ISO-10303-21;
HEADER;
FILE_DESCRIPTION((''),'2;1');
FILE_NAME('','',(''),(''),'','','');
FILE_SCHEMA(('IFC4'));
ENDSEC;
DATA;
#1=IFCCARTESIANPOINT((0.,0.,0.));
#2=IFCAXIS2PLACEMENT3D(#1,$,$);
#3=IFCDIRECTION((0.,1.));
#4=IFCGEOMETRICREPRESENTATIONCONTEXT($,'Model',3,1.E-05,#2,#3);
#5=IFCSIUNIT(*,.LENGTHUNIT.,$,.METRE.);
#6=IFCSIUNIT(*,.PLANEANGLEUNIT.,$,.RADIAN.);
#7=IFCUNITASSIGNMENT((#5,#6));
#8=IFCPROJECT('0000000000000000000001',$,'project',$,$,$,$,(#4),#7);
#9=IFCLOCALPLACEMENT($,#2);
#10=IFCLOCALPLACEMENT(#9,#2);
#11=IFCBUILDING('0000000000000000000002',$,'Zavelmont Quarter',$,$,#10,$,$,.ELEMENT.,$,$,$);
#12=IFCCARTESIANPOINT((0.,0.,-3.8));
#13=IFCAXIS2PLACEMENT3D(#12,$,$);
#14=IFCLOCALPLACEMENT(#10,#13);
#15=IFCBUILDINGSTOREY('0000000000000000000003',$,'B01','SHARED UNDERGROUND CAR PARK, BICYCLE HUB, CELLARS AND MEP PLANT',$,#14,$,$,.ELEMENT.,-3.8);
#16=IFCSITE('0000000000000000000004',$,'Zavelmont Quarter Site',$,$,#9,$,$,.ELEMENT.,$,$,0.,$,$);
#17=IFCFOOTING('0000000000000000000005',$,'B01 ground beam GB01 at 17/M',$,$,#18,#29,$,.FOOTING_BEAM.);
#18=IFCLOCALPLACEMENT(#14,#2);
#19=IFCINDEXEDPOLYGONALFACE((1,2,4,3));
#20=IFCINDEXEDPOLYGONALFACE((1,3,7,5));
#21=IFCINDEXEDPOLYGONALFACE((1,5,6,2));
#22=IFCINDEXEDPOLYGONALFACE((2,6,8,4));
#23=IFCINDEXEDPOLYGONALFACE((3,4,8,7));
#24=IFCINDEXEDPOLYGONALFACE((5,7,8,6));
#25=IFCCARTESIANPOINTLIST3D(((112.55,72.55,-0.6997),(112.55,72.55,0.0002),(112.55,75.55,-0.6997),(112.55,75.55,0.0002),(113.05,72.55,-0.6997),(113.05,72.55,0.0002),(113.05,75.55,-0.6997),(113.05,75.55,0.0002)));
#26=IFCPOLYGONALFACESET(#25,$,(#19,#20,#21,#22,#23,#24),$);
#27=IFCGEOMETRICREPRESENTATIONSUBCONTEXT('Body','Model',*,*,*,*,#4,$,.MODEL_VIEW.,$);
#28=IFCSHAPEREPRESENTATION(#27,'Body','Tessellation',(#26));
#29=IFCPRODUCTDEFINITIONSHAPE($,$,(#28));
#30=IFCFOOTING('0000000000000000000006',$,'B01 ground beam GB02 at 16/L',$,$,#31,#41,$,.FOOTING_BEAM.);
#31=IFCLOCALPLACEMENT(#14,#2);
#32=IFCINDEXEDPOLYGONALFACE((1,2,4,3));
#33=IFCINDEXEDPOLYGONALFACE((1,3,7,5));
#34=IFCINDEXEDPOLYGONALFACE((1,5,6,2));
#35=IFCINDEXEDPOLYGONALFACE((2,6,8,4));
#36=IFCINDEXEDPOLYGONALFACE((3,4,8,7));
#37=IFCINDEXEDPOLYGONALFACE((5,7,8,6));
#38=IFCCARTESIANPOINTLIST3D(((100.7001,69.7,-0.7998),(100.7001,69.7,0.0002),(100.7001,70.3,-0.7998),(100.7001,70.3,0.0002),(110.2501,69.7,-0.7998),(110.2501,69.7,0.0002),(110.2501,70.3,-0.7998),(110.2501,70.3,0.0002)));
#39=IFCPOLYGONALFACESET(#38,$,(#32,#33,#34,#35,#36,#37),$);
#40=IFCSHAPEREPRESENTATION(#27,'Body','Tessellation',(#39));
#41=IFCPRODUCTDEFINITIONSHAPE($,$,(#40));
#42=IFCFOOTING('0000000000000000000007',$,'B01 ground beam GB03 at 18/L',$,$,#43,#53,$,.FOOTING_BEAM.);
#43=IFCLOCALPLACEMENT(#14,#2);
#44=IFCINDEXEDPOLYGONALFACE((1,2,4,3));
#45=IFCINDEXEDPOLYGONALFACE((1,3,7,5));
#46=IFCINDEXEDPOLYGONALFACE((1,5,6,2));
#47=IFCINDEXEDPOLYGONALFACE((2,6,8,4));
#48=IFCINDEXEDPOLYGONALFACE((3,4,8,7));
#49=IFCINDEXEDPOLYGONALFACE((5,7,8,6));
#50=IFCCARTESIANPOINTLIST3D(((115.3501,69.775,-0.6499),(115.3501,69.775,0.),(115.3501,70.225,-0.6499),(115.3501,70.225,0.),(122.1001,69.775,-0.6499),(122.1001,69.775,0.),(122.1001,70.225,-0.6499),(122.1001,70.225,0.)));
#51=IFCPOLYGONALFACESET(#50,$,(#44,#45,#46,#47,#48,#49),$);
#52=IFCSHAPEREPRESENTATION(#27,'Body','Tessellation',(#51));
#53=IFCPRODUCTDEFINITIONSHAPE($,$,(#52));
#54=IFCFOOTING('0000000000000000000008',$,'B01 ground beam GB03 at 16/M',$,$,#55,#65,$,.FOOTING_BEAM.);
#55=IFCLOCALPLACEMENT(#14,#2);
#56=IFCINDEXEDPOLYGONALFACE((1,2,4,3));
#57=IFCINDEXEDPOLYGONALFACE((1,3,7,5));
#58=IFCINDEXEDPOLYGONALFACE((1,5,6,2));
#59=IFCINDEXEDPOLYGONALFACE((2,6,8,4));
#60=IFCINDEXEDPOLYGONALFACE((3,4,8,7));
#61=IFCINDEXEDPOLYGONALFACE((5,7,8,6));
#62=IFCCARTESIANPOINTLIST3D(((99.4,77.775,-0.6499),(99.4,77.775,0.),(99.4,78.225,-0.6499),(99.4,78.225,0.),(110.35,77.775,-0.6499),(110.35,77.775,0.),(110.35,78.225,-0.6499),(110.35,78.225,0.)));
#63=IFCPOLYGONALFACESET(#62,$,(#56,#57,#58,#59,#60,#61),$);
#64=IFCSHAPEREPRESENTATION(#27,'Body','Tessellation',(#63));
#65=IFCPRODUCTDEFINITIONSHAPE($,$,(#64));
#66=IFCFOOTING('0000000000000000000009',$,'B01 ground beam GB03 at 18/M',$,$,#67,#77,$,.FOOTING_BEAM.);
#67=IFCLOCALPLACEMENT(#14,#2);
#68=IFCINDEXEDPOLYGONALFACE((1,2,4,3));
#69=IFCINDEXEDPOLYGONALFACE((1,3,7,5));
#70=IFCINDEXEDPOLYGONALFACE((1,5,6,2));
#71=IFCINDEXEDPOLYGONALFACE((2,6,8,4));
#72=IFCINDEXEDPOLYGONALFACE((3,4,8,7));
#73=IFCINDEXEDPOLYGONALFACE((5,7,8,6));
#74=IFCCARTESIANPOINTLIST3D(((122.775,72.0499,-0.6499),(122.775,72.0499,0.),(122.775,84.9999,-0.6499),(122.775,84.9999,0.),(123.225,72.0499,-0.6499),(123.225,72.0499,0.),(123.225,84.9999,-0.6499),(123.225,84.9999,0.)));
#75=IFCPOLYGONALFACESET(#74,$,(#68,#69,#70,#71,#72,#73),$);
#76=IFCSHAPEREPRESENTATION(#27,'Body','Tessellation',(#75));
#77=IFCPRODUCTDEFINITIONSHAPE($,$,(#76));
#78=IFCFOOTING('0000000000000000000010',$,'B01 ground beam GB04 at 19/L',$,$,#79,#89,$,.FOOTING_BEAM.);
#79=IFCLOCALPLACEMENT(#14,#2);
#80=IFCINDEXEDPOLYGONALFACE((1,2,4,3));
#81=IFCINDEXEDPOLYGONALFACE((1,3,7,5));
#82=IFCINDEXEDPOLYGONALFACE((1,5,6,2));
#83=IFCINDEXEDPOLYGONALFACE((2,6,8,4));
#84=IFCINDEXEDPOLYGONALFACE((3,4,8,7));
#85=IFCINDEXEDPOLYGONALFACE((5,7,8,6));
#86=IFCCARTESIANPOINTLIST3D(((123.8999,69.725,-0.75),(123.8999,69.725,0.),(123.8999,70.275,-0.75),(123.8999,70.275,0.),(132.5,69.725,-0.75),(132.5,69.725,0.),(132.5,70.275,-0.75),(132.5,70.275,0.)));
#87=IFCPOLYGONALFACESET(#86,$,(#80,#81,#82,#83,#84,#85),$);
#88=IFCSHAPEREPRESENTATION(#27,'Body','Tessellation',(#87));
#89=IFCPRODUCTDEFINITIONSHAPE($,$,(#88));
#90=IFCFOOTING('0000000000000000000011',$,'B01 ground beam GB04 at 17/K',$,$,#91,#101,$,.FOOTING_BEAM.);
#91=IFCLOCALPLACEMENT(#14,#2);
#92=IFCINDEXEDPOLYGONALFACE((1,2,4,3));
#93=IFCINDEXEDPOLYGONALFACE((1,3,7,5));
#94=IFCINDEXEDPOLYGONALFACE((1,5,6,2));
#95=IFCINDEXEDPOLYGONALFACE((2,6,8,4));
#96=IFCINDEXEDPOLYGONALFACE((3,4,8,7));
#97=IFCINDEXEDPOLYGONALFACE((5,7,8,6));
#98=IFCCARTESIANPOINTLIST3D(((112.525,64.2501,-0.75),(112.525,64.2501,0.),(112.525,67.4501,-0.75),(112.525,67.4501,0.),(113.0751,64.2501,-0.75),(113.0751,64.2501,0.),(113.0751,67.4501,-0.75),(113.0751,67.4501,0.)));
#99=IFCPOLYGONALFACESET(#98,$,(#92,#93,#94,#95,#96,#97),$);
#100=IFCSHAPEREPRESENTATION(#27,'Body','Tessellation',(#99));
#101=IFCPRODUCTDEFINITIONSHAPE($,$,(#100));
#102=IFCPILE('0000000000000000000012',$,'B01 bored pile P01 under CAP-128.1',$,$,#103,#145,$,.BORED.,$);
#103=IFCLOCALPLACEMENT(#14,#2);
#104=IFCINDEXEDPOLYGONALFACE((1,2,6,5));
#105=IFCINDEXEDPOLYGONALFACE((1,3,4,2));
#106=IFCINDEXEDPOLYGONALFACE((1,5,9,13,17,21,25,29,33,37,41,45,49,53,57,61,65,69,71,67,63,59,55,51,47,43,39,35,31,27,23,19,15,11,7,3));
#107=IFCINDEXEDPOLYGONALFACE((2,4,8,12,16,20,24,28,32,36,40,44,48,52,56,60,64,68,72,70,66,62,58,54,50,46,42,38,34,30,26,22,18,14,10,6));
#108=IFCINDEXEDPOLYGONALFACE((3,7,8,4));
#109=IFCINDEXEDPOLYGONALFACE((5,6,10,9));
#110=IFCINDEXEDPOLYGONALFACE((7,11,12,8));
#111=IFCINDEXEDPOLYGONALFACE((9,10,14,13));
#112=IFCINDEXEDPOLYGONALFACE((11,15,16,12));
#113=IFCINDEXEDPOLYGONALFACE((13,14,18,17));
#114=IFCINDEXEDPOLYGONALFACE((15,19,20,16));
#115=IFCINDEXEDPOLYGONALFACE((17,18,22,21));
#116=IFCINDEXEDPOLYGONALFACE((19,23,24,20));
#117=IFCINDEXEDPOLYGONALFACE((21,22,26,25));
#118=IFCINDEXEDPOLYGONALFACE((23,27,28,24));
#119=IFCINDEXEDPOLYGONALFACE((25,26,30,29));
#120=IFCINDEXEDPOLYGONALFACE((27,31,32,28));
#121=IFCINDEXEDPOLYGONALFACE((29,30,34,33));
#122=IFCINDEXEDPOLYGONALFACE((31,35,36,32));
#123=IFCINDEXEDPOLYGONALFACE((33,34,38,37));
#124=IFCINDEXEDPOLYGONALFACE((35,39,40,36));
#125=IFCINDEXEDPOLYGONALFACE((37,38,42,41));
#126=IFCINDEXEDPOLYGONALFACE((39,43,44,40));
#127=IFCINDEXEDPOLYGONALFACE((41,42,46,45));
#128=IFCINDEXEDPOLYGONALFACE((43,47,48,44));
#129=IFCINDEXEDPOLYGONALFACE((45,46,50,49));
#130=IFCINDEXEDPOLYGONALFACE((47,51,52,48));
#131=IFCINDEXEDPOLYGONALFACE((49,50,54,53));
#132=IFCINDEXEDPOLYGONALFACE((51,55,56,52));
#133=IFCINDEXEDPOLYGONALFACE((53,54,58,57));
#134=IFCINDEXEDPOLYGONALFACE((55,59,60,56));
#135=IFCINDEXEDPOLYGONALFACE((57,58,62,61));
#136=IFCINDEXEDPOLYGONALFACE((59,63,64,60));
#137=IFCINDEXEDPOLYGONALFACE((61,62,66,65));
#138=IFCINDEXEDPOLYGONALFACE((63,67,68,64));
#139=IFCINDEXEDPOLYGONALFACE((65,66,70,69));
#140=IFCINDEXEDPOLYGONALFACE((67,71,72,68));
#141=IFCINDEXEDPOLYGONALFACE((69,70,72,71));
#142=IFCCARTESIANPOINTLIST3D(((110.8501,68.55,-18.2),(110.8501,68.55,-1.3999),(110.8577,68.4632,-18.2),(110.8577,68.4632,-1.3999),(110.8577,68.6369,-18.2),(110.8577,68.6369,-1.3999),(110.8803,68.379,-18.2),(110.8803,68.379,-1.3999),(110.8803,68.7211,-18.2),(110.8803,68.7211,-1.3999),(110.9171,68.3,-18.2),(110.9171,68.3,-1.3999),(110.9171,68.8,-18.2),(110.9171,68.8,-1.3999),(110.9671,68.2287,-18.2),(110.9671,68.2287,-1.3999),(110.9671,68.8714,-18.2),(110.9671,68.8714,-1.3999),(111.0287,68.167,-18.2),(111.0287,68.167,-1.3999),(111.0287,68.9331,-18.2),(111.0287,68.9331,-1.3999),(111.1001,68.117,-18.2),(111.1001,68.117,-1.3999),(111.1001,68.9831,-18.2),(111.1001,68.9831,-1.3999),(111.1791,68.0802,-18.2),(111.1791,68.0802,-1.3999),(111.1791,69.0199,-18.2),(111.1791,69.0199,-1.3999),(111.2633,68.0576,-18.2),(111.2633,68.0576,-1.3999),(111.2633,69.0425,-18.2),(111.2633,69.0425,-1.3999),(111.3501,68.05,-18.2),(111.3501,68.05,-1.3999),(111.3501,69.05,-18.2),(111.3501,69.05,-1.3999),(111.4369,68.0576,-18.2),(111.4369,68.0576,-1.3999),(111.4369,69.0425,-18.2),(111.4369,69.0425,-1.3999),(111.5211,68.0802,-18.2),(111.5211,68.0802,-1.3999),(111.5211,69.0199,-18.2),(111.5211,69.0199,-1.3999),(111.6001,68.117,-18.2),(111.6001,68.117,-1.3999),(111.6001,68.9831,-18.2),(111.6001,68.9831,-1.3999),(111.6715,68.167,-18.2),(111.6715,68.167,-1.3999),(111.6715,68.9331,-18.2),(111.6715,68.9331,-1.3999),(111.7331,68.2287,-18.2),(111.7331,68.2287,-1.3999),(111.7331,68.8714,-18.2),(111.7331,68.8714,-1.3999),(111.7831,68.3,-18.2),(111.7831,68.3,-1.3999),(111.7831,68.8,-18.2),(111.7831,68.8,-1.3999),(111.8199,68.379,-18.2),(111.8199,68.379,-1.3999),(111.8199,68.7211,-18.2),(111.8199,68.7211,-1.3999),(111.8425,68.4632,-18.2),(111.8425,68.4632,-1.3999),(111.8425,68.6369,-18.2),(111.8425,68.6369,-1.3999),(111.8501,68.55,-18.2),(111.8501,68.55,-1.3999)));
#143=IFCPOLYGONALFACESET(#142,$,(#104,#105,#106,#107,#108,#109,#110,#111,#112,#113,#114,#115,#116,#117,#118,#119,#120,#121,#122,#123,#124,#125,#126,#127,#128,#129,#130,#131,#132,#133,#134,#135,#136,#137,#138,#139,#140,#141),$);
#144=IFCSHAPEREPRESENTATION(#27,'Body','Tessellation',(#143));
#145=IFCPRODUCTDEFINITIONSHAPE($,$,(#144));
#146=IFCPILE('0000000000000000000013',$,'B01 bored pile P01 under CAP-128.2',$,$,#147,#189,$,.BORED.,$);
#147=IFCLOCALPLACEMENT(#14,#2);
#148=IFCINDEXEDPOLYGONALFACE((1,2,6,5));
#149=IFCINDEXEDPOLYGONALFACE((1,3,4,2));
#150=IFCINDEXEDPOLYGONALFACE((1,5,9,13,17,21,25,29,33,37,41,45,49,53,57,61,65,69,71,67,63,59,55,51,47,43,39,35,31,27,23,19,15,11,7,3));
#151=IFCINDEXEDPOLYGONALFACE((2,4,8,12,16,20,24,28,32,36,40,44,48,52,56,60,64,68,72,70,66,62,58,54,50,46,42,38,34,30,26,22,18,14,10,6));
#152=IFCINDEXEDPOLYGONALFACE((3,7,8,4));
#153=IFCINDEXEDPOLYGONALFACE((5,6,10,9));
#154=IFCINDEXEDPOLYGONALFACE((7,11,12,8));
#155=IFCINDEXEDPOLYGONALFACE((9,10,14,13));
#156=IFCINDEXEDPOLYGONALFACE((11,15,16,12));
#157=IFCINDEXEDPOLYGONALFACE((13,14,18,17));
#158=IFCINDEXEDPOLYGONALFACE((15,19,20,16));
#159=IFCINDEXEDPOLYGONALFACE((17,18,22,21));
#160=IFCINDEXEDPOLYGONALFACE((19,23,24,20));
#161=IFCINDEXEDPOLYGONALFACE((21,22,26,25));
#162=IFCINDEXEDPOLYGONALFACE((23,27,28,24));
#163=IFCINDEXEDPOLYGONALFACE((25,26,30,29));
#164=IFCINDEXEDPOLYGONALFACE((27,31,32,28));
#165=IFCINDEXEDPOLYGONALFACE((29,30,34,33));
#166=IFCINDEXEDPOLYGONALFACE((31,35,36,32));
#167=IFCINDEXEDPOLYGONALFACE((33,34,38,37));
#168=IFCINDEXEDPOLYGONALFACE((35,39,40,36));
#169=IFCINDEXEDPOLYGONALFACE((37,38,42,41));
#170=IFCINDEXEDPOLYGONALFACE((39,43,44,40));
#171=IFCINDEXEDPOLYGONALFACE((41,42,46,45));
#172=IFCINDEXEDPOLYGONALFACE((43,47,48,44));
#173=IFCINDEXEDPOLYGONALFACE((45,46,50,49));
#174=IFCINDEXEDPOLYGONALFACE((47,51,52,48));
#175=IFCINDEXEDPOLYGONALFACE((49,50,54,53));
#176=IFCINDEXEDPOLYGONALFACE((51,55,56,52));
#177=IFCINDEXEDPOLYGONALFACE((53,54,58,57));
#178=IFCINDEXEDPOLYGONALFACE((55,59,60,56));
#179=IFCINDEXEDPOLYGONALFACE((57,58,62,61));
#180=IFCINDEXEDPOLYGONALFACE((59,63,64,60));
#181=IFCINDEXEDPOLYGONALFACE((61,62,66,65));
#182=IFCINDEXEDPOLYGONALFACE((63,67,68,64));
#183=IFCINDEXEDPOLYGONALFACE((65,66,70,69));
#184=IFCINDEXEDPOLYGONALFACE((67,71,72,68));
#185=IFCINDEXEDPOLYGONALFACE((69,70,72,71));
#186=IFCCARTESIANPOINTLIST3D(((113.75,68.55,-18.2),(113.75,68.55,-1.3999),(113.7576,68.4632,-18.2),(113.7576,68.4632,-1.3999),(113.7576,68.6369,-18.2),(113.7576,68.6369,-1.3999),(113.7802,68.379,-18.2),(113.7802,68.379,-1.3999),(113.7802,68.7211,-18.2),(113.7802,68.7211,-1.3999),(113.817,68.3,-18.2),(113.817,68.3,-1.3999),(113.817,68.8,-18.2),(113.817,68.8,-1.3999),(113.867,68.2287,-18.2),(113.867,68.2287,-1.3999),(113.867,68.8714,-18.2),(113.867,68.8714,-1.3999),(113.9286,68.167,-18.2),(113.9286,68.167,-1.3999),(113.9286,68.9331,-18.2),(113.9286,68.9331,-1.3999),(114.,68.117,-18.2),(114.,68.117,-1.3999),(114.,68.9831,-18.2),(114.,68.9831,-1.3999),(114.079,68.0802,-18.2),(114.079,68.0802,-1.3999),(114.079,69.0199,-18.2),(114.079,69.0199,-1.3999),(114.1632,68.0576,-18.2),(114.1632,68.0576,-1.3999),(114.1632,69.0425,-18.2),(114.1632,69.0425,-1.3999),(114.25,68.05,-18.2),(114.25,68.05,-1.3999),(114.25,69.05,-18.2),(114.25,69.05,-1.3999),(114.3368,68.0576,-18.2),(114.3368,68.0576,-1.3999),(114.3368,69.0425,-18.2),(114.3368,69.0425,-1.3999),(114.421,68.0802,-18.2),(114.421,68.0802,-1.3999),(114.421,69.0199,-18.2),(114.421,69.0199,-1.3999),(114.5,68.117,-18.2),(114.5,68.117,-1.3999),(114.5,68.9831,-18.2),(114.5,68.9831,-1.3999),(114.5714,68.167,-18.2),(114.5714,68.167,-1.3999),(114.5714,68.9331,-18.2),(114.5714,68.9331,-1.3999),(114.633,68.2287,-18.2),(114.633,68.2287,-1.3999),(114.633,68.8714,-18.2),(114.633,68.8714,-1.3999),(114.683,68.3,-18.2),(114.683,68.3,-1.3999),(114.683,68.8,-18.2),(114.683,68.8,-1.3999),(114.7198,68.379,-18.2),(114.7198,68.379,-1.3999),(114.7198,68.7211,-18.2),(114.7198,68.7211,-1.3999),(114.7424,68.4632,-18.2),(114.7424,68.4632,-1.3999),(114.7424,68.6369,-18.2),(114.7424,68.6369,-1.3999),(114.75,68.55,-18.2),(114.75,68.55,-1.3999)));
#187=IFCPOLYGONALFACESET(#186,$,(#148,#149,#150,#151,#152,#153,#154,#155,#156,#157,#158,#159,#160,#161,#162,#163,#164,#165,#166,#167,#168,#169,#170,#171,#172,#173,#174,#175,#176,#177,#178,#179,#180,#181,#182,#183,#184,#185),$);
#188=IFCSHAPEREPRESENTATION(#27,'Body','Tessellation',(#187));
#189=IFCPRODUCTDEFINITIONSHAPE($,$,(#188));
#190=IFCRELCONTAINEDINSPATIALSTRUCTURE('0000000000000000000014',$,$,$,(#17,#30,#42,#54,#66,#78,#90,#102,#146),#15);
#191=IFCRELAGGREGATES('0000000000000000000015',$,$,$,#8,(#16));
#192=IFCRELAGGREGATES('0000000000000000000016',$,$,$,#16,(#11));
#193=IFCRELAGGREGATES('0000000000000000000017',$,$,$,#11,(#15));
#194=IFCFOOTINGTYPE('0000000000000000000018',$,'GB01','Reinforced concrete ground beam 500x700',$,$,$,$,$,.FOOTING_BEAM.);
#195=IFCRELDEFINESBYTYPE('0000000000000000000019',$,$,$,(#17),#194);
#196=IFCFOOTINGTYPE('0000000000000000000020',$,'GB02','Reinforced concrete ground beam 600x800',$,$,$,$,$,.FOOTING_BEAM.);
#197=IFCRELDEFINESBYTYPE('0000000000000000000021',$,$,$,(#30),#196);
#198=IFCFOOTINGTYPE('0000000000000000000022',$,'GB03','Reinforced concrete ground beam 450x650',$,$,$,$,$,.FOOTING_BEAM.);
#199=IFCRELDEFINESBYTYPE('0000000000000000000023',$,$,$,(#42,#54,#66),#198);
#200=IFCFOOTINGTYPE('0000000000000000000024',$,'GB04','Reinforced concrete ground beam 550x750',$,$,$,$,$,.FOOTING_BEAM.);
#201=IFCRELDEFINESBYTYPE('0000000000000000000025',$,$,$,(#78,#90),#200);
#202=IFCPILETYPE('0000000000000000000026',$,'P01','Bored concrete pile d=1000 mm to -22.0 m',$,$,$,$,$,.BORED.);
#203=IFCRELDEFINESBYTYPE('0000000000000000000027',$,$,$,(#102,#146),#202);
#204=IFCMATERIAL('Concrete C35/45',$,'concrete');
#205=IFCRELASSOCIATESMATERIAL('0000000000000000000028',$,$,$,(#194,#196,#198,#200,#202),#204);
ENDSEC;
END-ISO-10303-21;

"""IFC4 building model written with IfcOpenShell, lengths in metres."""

from ifc_helpers import new_model, si_unit, direction, frame, origin, origin_2d, place, context, subcontext, project, spatial, rectangle, circle, extrude, material, material_profile, profile_set, type_object, element, save


model = new_model("IFC4")

# Units and contexts
model_context = context("Model", 3, precision=1e-05, world=origin(), true_north=direction((0.0, 1.0)))
body_context = subcontext(model_context, "Body", "Model", "MODEL_VIEW")
ifc_project = project(units=[si_unit("LENGTHUNIT", "METRE"), si_unit("PLANEANGLEUNIT", "RADIAN")], contexts=[model_context])

# Site, building, storey
site_placement = place(None, origin())
site = spatial("IfcSite", under=ifc_project, at=site_placement, Name="Zavelmont Quarter Site", CompositionType="ELEMENT", RefElevation=0.0)
building_placement = place(site_placement, origin())
building = spatial("IfcBuilding", under=site, at=building_placement, Name="Zavelmont Quarter", CompositionType="ELEMENT")
storey_placement = place(building_placement, frame((0.0, 0.0, -3.8)))
storey = spatial("IfcBuildingStorey", under=building, at=storey_placement, Name="B01", Description="SHARED UNDERGROUND CAR PARK, BICYCLE HUB, CELLARS AND MEP PLANT", CompositionType="ELEMENT", Elevation=-3.8)

# Footings
ifc_material_1 = material(Name="Concrete C35/45", Category="concrete")
footing_type_1 = type_object("IfcFootingType", Name="GB01", Description="Reinforced concrete ground beam 500x700", PredefinedType="FOOTING_BEAM", material=ifc_material_1)
footing_1_placement = place(storey_placement, frame((112.8, 74.05, -0.6997), z_axis=(0.0, 0.0, 1.0), x_axis=(0.0, 1.0, 0.0)))
element("IfcFooting", 1, at=footing_1_placement, inside=storey, type_object=footing_type_1, Name="B01 ground beam GB01 at 17/M", PredefinedType="FOOTING_BEAM", context=body_context, shape_type="SweptSolid", body=[
    extrude(rectangle(XDim=3.0, YDim=0.5, at=origin_2d()), origin(), (0.0, 0.0, 1.0), 0.7),
])
footing_type_2 = type_object("IfcFootingType", Name="GB02", Description="Reinforced concrete ground beam 600x800", PredefinedType="FOOTING_BEAM", material=ifc_material_1)
footing_2_placement = place(storey_placement, frame((105.4751, 70.0, -0.7998), z_axis=(0.0, 0.0, 1.0), x_axis=(1.0, 0.0, 0.0)))
element("IfcFooting", 2, at=footing_2_placement, inside=storey, type_object=footing_type_2, Name="B01 ground beam GB02 at 16/L", PredefinedType="FOOTING_BEAM", context=body_context, shape_type="SweptSolid", body=[
    extrude(rectangle(XDim=9.55, YDim=0.6001, at=origin_2d()), origin(), (0.0, 0.0, 1.0), 0.8),
])
footing_type_3 = type_object("IfcFootingType", Name="GB03", Description="Reinforced concrete ground beam 450x650", PredefinedType="FOOTING_BEAM", material=ifc_material_1)
footing_3_placement = place(storey_placement, frame((118.7251, 70.0, -0.6499), z_axis=(0.0, 0.0, 1.0), x_axis=(1.0, 0.0, 0.0)))
element("IfcFooting", 3, at=footing_3_placement, inside=storey, type_object=footing_type_3, Name="B01 ground beam GB03 at 18/L", PredefinedType="FOOTING_BEAM", context=body_context, shape_type="SweptSolid", body=[
    extrude(rectangle(XDim=6.75, YDim=0.45, at=origin_2d()), origin(), (0.0, 0.0, 1.0), 0.6499),
])
footing_4_placement = place(storey_placement, frame((104.875, 78.0, -0.6499), z_axis=(0.0, 0.0, 1.0), x_axis=(1.0, 0.0, 0.0)))
element("IfcFooting", 4, at=footing_4_placement, inside=storey, type_object=footing_type_3, Name="B01 ground beam GB03 at 16/M", PredefinedType="FOOTING_BEAM", context=body_context, shape_type="SweptSolid", body=[
    extrude(rectangle(XDim=10.95, YDim=0.45, at=origin_2d()), origin(), (0.0, 0.0, 1.0), 0.6499),
])
footing_5_placement = place(storey_placement, frame((123.0, 78.5249, -0.6499), z_axis=(0.0, 0.0, 1.0), x_axis=(0.0, 1.0, 0.0)))
element("IfcFooting", 5, at=footing_5_placement, inside=storey, type_object=footing_type_3, Name="B01 ground beam GB03 at 18/M", PredefinedType="FOOTING_BEAM", context=body_context, shape_type="SweptSolid", body=[
    extrude(rectangle(XDim=12.95, YDim=0.45, at=origin_2d()), origin(), (0.0, 0.0, 1.0), 0.6499),
])
footing_type_4 = type_object("IfcFootingType", Name="GB04", Description="Reinforced concrete ground beam 550x750", PredefinedType="FOOTING_BEAM", material=ifc_material_1)
footing_6_placement = place(storey_placement, frame((128.2, 70.0, -0.75), z_axis=(0.0, 0.0, 1.0), x_axis=(1.0, 0.0, 0.0)))
element("IfcFooting", 6, at=footing_6_placement, inside=storey, type_object=footing_type_4, Name="B01 ground beam GB04 at 19/L", PredefinedType="FOOTING_BEAM", context=body_context, shape_type="SweptSolid", body=[
    extrude(rectangle(XDim=8.6001, YDim=0.55, at=origin_2d()), origin(), (0.0, 0.0, 1.0), 0.75),
])
footing_7_placement = place(storey_placement, frame((112.8, 65.8501, -0.75), z_axis=(0.0, 0.0, 1.0), x_axis=(0.0, 1.0, 0.0)))
element("IfcFooting", 7, at=footing_7_placement, inside=storey, type_object=footing_type_4, Name="B01 ground beam GB04 at 17/K", PredefinedType="FOOTING_BEAM", context=body_context, shape_type="SweptSolid", body=[
    extrude(rectangle(XDim=3.2, YDim=0.55, at=origin_2d()), origin(), (0.0, 0.0, 1.0), 0.75),
])

# Piles
ifc_material_profile_1 = material_profile(ifc_material_1, circle(Radius=0.5, at=origin_2d()), Name="BP1000")
ifc_profile_set_1 = profile_set([ifc_material_profile_1], Name="Concrete C35/45")
pile_type_1 = type_object("IfcPileType", Name="P01", Description="Bored concrete pile d=1000 mm to -22.0 m", PredefinedType="BORED", material=ifc_profile_set_1)
for number, where, z_axis, x_axis, name in (
    (8, (111.3501, 68.55, -1.3999), (0.0, 0.0, -1.0), (1.0, 0.0, 0.0), "B01 bored pile P01 under CAP-128.1"),
    (9, (114.25, 68.55, -1.3999), (0.0, 0.0, -1.0), (1.0, 0.0, 0.0), "B01 bored pile P01 under CAP-128.2"),
):
    element("IfcPile", number, at=place(storey_placement, frame(where, z_axis=z_axis, x_axis=x_axis)), inside=storey, type_object=pile_type_1, Name=name, PredefinedType="BORED", context=body_context, shape_type="SweptSolid", body=[
        extrude(circle(Radius=0.5, at=origin_2d()), origin(), (0.0, 0.0, 1.0), 16.8),
    ])

save(model, "model.ifc")
